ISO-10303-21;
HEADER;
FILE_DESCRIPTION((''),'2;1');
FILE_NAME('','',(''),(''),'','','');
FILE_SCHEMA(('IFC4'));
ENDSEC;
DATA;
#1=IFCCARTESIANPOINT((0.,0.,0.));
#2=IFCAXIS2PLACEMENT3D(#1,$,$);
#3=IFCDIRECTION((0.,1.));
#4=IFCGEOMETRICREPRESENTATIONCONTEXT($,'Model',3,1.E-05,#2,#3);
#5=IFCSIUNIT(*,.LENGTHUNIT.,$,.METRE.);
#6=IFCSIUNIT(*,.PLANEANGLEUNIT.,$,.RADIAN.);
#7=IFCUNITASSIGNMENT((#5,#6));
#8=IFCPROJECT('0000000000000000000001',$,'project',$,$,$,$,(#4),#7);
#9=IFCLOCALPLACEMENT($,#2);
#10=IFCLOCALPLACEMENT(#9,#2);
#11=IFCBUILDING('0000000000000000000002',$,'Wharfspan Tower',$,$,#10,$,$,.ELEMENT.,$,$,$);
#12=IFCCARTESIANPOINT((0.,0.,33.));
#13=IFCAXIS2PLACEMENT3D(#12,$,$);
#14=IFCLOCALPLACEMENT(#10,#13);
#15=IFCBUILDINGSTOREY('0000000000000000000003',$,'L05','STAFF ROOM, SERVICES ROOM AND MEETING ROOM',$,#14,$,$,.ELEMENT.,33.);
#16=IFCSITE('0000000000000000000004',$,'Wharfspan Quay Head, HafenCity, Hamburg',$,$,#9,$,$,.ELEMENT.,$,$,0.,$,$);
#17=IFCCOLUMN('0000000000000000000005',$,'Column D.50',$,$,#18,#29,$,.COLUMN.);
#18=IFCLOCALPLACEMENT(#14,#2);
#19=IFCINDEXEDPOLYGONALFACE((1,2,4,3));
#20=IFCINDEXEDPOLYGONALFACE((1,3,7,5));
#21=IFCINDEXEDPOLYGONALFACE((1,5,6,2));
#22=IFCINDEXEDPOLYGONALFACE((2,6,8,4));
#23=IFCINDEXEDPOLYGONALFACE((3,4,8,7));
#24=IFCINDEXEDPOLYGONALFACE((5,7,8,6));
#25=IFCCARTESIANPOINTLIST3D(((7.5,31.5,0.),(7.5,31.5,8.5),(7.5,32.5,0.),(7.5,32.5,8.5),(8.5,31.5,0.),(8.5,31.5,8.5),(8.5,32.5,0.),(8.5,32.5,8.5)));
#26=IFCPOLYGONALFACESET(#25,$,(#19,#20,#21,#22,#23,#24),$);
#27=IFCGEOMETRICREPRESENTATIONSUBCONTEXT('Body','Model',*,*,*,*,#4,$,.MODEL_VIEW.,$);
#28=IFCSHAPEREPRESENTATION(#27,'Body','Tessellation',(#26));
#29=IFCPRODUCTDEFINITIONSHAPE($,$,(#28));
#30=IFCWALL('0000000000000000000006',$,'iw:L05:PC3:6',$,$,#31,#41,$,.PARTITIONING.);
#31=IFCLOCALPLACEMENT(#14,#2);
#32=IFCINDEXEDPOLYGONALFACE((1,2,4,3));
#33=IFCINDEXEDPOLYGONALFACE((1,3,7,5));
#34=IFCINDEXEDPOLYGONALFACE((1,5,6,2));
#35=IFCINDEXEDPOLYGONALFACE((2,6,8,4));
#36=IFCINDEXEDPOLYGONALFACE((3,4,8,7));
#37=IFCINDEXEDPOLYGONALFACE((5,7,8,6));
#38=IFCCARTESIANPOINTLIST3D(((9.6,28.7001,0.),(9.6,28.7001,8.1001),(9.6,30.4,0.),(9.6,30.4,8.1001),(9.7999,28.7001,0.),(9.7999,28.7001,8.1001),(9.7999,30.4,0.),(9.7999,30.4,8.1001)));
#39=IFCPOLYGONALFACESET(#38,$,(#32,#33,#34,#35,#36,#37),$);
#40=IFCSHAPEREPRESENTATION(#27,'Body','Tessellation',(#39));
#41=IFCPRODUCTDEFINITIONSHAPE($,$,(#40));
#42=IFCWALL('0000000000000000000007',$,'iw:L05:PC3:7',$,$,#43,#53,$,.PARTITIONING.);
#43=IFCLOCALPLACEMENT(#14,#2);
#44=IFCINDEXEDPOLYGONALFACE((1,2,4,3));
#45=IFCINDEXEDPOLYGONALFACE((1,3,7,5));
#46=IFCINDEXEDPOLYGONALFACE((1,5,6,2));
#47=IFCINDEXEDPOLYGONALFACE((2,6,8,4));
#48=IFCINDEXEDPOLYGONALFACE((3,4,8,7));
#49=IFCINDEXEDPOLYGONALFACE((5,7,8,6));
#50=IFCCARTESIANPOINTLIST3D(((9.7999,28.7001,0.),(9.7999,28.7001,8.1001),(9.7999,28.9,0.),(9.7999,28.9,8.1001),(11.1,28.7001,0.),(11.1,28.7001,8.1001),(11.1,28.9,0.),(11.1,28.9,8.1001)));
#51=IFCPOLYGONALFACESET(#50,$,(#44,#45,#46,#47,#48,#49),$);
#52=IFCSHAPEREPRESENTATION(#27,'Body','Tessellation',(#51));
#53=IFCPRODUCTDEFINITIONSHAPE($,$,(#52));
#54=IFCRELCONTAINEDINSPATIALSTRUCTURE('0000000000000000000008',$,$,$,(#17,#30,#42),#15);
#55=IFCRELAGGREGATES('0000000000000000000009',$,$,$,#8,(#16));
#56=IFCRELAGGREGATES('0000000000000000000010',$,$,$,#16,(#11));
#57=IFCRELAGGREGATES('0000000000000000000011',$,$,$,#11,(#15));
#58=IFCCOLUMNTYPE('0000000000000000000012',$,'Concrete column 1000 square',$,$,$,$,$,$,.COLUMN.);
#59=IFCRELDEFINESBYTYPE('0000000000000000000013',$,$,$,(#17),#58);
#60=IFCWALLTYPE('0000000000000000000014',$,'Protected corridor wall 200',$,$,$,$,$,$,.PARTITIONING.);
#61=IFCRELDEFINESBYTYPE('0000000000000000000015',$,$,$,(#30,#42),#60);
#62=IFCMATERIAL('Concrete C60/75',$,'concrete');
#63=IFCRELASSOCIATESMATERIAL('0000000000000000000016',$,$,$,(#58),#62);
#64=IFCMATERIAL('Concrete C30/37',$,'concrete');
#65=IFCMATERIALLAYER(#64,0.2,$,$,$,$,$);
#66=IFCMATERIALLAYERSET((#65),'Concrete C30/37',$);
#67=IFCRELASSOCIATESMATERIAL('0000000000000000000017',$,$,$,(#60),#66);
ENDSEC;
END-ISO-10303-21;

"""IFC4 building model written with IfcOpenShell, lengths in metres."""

from ifc_helpers import new_model, si_unit, direction, frame, frame_2d, origin, origin_2d, place, context, subcontext, project, spatial, rectangle, extrude, material, layer, layer_set, material_profile, profile_set, type_object, element, save


model = new_model("IFC4")

# Units and contexts
model_context = context("Model", 3, precision=1e-05, world=origin(), true_north=direction((0.0, 1.0)))
body_context = subcontext(model_context, "Body", "Model", "MODEL_VIEW")
ifc_project = project(units=[si_unit("LENGTHUNIT", "METRE"), si_unit("PLANEANGLEUNIT", "RADIAN")], contexts=[model_context])

# Site, building, storey
site_placement = place(None, origin())
site = spatial("IfcSite", under=ifc_project, at=site_placement, Name="Wharfspan Quay Head, HafenCity, Hamburg", CompositionType="ELEMENT", RefElevation=0.0)
building_placement = place(site_placement, origin())
building = spatial("IfcBuilding", under=site, at=building_placement, Name="Wharfspan Tower", CompositionType="ELEMENT")
storey_placement = place(building_placement, frame((0.0, 0.0, 33.0)))
storey = spatial("IfcBuildingStorey", under=building, at=storey_placement, Name="L05", Description="STAFF ROOM, SERVICES ROOM AND MEETING ROOM", CompositionType="ELEMENT", Elevation=33.0)

# Column
ifc_material_1 = material(Name="Concrete C60/75", Category="concrete")
ifc_material_profile = material_profile(ifc_material_1, rectangle(XDim=1.0, YDim=1.0, at=origin_2d()))
ifc_profile_set = profile_set([ifc_material_profile], Name="Concrete C60/75")
column_type = type_object("IfcColumnType", Name="Concrete column 1000 square", PredefinedType="COLUMN", material=ifc_profile_set)
column_placement = place(storey_placement, frame((8.0, 32.0, 0.0), z_axis=(0.0, 0.0, 1.0), x_axis=(1.0, 0.0, 0.0)))
element("IfcColumn", 1, at=column_placement, inside=storey, type_object=column_type, Name="Column D.50", PredefinedType="COLUMN", context=body_context, shape_type="SweptSolid", body=[
    extrude(rectangle(XDim=1.0, YDim=1.0, at=origin_2d()), origin(), (0.0, 0.0, 1.0), 8.5),
])

# Walls
ifc_material_2 = material(Name="Concrete C30/37", Category="concrete")
ifc_layer_1 = layer(ifc_material_2, 0.2)
ifc_layer_set_1 = layer_set([ifc_layer_1], Name="Concrete C30/37")
wall_type_1 = type_object("IfcWallType", Name="Protected corridor wall 200", PredefinedType="PARTITIONING", material=ifc_layer_set_1)
wall_1_placement = place(storey_placement, frame((9.7, 28.7, 0.0), z_axis=(0.0, 0.0, 1.0), x_axis=(0.0, 1.0, 0.0)))
element("IfcWall", 2, at=wall_1_placement, inside=storey, type_object=wall_type_1, Name="iw:L05:PC3:6", PredefinedType="PARTITIONING", context=body_context, shape_type="SweptSolid", body=[
    extrude(rectangle(XDim=1.7, YDim=0.2, at=frame_2d((0.8501, 0.0))), origin(), (0.0, 0.0, 1.0), 8.1001),
])
wall_2_placement = place(storey_placement, frame((9.8, 28.8, 0.0), z_axis=(0.0, 0.0, 1.0), x_axis=(1.0, 0.0, 0.0)))
element("IfcWall", 3, at=wall_2_placement, inside=storey, type_object=wall_type_1, Name="iw:L05:PC3:7", PredefinedType="PARTITIONING", context=body_context, shape_type="SweptSolid", body=[
    extrude(rectangle(XDim=1.3, YDim=0.2, at=frame_2d((0.6499, 0.0))), origin(), (0.0, 0.0, 1.0), 8.1001),
])

save(model, "model.ifc")
